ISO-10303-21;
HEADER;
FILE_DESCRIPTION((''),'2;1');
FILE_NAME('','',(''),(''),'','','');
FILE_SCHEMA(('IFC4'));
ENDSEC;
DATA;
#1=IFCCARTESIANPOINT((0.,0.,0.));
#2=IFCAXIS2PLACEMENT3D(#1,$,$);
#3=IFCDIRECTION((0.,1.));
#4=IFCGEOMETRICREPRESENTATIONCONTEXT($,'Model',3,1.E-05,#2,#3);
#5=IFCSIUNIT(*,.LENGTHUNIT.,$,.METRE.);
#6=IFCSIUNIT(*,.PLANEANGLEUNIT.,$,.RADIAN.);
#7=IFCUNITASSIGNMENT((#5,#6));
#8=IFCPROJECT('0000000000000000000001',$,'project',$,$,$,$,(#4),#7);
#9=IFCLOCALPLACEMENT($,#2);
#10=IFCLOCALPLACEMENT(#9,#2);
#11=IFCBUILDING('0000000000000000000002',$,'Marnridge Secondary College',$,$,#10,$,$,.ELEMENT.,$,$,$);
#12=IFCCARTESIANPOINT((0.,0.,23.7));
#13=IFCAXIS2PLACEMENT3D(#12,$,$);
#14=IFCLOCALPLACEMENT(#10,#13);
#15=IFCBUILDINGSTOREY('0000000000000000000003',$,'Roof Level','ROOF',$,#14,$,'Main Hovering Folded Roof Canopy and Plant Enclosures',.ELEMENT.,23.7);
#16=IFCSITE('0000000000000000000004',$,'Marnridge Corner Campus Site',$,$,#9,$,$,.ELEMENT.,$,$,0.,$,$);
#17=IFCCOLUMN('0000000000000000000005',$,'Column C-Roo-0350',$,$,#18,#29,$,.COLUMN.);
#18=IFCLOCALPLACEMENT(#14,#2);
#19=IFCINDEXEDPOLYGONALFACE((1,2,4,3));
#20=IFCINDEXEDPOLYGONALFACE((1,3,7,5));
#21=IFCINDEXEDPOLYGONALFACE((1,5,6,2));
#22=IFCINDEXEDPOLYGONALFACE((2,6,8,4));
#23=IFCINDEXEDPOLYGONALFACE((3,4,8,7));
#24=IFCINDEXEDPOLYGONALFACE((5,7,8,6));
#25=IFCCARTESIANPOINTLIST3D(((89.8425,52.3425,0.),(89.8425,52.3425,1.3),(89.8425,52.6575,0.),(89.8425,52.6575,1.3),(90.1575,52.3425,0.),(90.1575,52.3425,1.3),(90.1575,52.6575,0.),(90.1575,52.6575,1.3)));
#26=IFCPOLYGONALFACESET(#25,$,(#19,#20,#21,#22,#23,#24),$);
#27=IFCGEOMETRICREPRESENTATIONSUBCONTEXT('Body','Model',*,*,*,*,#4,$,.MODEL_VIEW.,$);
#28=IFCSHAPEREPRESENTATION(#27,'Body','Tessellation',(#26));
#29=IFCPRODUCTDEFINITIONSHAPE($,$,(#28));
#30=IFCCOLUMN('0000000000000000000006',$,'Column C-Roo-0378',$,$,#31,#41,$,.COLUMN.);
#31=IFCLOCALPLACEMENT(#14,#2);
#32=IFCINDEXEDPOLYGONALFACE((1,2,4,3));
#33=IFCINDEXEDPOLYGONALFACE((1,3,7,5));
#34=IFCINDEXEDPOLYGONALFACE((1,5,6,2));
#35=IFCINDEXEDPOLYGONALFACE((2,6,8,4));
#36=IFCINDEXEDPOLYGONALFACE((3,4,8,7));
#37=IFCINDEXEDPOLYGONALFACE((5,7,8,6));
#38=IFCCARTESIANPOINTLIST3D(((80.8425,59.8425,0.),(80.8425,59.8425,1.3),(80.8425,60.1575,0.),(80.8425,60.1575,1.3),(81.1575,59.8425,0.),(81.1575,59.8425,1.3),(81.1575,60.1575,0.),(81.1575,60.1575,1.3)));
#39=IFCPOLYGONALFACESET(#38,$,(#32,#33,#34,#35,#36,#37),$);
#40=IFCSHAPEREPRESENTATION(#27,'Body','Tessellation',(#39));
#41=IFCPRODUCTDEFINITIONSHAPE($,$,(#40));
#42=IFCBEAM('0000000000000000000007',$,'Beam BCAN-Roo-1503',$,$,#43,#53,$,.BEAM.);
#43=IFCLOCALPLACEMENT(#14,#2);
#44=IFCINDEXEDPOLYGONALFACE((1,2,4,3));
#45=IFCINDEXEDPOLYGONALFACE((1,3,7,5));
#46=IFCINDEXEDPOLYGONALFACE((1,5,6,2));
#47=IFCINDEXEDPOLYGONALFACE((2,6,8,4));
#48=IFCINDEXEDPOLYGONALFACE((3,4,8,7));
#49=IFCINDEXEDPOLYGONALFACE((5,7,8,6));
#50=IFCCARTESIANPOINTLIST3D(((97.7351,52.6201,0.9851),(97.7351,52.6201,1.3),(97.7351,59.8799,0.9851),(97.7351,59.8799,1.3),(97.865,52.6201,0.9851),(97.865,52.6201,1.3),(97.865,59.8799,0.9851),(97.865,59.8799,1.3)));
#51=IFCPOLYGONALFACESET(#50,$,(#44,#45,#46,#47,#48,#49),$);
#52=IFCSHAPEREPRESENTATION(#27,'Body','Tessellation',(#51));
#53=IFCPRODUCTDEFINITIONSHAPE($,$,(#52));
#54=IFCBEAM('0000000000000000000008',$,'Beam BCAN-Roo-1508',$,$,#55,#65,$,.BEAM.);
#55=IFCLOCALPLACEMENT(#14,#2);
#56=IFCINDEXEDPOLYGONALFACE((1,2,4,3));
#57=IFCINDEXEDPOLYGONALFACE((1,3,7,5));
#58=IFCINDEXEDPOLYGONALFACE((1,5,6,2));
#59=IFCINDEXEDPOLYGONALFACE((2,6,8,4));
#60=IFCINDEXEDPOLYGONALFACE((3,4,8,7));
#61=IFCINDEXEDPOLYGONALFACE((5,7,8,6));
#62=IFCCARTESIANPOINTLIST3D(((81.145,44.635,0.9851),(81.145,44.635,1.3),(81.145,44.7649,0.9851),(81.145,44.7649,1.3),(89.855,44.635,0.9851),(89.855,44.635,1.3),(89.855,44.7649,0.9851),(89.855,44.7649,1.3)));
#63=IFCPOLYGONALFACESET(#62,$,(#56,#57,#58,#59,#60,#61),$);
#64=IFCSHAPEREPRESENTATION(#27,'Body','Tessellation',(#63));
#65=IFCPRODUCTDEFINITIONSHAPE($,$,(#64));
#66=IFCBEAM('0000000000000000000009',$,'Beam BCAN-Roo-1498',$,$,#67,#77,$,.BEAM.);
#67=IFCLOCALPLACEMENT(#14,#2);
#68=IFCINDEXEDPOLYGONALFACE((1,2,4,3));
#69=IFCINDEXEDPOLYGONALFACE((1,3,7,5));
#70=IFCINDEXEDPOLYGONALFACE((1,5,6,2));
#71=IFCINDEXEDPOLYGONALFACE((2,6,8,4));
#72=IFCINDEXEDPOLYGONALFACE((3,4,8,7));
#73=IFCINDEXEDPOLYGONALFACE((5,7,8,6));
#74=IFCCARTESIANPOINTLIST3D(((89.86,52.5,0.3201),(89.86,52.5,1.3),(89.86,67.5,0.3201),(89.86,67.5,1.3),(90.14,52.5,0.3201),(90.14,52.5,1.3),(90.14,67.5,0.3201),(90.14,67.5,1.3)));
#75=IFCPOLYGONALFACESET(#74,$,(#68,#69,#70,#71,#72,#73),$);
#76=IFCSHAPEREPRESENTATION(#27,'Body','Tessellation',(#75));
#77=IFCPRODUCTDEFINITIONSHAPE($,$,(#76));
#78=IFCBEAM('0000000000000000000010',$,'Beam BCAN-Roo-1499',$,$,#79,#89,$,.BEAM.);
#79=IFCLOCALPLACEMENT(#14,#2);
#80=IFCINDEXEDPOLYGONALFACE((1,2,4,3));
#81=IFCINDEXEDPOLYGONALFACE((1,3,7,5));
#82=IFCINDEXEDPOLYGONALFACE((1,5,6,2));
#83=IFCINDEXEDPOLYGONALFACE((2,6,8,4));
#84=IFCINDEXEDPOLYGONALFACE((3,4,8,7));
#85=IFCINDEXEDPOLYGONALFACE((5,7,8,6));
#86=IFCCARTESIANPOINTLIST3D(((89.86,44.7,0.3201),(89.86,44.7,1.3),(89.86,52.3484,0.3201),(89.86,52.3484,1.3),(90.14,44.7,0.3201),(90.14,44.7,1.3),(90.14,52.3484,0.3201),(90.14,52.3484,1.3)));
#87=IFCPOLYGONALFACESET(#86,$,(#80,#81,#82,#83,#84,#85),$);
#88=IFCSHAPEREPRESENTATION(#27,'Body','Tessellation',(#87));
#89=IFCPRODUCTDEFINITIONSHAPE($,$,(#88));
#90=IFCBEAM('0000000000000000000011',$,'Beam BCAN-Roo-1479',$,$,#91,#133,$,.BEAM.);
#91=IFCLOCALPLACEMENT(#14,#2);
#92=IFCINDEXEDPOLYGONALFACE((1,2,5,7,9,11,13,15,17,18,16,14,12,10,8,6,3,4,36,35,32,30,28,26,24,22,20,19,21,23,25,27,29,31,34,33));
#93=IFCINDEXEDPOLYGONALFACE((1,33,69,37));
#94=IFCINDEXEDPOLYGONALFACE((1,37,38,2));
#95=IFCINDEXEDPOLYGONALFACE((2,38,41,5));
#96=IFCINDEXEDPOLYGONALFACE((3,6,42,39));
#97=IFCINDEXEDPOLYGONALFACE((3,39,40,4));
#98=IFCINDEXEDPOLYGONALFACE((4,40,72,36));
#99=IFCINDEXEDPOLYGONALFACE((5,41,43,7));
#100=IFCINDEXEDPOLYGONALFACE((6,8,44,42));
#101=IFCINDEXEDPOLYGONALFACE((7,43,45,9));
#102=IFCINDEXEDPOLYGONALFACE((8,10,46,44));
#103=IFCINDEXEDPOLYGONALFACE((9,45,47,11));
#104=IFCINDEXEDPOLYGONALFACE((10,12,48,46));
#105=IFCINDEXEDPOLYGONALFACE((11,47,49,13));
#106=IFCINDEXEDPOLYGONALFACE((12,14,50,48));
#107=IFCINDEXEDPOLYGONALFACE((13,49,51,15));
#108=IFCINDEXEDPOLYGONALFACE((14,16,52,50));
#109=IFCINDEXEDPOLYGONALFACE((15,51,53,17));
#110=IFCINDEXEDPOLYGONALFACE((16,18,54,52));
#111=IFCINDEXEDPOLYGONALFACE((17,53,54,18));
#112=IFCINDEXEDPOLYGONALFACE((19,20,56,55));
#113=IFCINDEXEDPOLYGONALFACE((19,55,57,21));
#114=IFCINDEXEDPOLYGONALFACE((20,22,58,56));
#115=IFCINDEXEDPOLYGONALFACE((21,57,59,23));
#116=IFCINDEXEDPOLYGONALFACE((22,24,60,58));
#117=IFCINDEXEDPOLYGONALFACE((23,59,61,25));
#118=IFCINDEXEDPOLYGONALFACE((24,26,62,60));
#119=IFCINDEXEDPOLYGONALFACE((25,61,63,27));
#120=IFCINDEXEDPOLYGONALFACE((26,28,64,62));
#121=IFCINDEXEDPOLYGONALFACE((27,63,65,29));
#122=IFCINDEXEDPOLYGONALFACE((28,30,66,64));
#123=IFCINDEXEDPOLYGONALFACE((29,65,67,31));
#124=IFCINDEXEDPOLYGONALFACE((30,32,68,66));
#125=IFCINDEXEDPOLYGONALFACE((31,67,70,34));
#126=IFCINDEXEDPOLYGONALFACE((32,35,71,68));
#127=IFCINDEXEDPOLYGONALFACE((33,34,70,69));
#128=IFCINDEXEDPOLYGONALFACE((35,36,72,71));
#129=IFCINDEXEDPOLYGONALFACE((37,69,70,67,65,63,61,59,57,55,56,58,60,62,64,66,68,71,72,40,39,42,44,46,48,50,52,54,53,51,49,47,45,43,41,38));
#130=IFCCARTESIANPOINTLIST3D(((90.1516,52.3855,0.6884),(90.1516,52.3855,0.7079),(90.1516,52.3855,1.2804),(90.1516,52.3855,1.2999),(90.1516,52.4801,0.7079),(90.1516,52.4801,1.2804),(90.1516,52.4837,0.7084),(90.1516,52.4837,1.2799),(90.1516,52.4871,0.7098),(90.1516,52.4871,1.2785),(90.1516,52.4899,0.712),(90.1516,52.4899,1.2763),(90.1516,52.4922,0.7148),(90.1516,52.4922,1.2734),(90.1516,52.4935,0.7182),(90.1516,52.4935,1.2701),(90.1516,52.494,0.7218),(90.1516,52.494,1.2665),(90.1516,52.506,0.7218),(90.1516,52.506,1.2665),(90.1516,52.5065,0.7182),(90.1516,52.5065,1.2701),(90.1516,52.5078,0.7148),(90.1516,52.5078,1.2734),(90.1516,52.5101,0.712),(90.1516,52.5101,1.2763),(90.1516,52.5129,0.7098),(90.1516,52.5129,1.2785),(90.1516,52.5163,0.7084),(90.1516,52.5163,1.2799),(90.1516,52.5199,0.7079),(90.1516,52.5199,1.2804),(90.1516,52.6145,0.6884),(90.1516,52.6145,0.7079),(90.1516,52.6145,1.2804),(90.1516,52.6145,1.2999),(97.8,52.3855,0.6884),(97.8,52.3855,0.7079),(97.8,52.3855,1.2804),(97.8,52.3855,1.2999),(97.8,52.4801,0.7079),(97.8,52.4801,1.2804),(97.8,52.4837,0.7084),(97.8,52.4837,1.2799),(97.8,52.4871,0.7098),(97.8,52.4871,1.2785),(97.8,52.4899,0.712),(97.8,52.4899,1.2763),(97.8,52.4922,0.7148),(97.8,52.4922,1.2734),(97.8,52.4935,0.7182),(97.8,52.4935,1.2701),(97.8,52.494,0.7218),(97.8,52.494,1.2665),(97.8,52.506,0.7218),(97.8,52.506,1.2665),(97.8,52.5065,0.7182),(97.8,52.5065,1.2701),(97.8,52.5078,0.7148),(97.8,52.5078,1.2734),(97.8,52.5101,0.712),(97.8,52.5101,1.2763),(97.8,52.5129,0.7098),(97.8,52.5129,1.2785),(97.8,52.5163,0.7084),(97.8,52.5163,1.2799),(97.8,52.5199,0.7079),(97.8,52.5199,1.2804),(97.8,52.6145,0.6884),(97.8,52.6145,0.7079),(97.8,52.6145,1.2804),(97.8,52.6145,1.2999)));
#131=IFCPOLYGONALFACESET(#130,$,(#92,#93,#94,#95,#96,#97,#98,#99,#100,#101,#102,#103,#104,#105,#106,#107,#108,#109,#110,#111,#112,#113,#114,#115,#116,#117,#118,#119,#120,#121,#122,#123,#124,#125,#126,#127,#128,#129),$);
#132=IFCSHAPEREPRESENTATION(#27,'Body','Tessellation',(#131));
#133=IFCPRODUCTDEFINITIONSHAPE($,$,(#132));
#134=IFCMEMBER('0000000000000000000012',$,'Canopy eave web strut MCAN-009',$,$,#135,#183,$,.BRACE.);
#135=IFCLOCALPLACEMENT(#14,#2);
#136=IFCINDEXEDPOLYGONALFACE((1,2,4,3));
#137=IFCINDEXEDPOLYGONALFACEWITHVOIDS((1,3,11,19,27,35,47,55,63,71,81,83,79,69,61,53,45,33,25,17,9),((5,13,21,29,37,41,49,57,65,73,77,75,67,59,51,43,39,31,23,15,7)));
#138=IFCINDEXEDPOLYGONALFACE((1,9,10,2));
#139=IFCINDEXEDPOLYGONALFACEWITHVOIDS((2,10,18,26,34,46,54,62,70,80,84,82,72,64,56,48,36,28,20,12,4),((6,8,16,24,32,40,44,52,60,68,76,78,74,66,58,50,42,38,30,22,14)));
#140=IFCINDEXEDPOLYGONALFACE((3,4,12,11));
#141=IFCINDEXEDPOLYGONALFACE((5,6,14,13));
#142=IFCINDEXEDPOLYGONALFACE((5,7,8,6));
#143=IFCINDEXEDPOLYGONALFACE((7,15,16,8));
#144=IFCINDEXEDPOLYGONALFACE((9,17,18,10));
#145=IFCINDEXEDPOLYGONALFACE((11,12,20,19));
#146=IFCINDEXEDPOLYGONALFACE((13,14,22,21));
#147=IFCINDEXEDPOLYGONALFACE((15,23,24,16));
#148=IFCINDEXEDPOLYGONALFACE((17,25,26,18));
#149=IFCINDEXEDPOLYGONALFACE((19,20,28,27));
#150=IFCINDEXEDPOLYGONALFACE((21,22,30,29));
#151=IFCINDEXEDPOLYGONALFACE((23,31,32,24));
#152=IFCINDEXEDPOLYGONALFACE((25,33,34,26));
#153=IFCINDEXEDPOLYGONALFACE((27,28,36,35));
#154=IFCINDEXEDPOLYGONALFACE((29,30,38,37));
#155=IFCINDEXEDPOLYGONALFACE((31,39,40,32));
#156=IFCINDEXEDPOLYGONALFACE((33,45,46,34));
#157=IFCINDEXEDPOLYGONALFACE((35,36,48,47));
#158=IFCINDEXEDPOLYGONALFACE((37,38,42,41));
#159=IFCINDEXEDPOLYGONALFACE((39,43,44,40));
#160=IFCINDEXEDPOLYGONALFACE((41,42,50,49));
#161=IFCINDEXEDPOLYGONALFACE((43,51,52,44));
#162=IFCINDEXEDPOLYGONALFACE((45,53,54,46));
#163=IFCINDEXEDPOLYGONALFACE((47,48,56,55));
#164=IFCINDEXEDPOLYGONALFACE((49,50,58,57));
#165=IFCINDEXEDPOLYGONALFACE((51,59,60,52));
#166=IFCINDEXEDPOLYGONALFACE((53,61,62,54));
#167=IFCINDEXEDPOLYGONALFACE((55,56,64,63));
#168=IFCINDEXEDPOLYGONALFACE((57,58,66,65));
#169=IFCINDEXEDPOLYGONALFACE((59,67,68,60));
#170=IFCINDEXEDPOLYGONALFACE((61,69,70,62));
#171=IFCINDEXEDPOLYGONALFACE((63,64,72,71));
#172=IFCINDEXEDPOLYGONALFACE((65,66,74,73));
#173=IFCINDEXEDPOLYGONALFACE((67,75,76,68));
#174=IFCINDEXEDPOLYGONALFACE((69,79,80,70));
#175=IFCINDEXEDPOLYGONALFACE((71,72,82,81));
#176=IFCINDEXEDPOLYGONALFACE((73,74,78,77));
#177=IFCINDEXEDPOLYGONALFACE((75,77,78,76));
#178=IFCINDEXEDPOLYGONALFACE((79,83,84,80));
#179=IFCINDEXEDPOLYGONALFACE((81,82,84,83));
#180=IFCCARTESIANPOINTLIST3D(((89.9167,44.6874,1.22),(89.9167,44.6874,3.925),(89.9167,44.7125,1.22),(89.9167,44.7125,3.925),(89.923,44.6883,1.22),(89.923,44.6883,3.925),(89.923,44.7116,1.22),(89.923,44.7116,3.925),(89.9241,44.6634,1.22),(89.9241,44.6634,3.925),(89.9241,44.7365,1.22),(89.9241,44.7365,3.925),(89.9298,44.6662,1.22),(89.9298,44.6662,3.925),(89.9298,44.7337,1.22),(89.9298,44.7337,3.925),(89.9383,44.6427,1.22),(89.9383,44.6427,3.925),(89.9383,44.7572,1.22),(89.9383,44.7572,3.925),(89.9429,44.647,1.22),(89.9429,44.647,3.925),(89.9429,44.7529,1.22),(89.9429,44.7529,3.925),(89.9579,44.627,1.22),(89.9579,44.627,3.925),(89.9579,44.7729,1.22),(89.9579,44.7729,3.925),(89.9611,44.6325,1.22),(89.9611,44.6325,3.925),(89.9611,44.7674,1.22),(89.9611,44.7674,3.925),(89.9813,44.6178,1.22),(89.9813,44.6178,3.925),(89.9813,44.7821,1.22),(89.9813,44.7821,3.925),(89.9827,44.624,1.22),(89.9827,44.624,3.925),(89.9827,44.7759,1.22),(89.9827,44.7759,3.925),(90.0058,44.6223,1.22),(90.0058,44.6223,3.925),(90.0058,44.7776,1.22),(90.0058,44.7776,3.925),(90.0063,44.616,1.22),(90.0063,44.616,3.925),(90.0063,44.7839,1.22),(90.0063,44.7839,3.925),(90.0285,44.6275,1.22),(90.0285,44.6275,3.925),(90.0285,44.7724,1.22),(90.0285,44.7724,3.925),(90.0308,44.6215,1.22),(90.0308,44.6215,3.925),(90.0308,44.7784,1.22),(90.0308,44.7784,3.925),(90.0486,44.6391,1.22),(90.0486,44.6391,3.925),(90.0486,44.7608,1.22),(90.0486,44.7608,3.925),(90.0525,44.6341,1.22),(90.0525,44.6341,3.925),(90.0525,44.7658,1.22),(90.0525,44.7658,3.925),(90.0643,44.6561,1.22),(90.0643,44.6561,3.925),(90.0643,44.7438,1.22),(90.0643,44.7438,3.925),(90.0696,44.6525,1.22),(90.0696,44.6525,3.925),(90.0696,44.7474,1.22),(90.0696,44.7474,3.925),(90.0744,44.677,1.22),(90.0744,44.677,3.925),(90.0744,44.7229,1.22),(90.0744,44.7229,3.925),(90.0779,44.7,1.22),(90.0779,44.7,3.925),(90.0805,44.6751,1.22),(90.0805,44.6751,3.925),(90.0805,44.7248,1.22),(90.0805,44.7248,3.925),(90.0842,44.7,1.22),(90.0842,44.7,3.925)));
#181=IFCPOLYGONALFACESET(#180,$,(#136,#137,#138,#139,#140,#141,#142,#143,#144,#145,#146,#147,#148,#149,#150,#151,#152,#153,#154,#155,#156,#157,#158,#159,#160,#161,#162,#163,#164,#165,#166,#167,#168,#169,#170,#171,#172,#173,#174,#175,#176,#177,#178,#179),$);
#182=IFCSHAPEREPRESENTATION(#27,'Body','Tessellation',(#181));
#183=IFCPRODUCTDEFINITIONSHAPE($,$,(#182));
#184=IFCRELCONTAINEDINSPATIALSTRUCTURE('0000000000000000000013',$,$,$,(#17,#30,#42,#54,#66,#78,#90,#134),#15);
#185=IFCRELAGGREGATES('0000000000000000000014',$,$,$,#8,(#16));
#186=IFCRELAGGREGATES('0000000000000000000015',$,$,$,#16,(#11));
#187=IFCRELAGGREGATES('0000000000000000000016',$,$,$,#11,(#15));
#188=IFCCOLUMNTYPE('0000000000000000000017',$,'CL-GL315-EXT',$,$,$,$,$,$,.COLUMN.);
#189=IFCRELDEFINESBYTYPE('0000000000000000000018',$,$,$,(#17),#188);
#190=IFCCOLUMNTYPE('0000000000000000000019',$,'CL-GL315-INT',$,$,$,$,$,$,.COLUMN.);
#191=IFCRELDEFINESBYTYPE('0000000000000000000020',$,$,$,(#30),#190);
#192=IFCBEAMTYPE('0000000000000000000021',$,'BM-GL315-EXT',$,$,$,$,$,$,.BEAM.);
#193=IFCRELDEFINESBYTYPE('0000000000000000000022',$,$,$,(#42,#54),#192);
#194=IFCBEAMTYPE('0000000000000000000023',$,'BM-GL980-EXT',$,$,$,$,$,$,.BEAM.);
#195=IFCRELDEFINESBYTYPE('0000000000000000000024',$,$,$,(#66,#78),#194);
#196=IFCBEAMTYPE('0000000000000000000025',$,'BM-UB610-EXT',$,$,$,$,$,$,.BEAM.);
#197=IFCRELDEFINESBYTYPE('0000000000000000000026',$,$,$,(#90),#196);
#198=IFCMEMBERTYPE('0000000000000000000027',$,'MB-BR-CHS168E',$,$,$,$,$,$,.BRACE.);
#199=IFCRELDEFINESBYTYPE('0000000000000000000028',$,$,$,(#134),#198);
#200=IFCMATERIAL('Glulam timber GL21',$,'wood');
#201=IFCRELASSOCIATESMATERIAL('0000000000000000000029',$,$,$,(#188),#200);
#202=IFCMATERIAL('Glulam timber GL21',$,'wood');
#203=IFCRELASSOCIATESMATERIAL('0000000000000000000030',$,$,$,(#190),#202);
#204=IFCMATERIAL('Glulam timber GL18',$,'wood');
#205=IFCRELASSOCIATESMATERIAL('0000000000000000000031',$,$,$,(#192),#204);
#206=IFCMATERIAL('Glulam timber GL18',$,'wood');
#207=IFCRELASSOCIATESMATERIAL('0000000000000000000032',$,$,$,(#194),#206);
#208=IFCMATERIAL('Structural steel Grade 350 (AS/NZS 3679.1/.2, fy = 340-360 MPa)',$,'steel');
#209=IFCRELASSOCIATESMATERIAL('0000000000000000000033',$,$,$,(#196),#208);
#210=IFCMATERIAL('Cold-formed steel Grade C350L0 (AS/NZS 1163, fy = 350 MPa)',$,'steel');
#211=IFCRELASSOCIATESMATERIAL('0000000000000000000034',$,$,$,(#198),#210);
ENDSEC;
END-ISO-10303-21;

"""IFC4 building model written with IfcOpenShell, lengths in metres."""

from ifc_helpers import new_model, si_unit, direction, frame, origin, origin_2d, place, context, subcontext, project, spatial, rectangle, hollow_circle, i_section, extrude, material, material_profile, profile_set, type_object, element, save


model = new_model("IFC4")

# Units and contexts
model_context = context("Model", 3, precision=1e-05, world=origin(), true_north=direction((0.0, 1.0)))
body_context = subcontext(model_context, "Body", "Model", "MODEL_VIEW")
ifc_project = project(units=[si_unit("LENGTHUNIT", "METRE"), si_unit("PLANEANGLEUNIT", "RADIAN")], contexts=[model_context])

# Site, building, storey
site_placement = place(None, origin())
site = spatial("IfcSite", under=ifc_project, at=site_placement, Name="Marnridge Corner Campus Site", CompositionType="ELEMENT", RefElevation=0.0)
building_placement = place(site_placement, origin())
building = spatial("IfcBuilding", under=site, at=building_placement, Name="Marnridge Secondary College", CompositionType="ELEMENT")
storey_placement = place(building_placement, frame((0.0, 0.0, 23.7)))
storey = spatial("IfcBuildingStorey", under=building, at=storey_placement, Name="Roof Level", Description="ROOF", LongName="Main Hovering Folded Roof Canopy and Plant Enclosures", CompositionType="ELEMENT", Elevation=23.7)

# Columns
ifc_material_1 = material(Name="Glulam timber GL21", Category="wood")
ifc_material_profile_1 = material_profile(ifc_material_1, rectangle(XDim=0.3149, YDim=0.3149, at=origin_2d()), Name="GL21 315x315")
ifc_profile_set_1 = profile_set([ifc_material_profile_1], Name="Glulam timber GL21")
column_type_1 = type_object("IfcColumnType", Name="CL-GL315-EXT", PredefinedType="COLUMN", material=ifc_profile_set_1)
column_1_placement = place(storey_placement, frame((90.0, 52.5, 0.0), z_axis=(0.0, 0.0, 1.0), x_axis=(1.0, 0.0, 0.0)))
element("IfcColumn", 1, at=column_1_placement, inside=storey, type_object=column_type_1, Name="Column C-Roo-0350", PredefinedType="COLUMN", context=body_context, shape_type="SweptSolid", body=[
    extrude(rectangle(XDim=0.3149, YDim=0.3149, at=origin_2d()), origin(), (0.0, 0.0, 1.0), 1.3),
])
ifc_material_2 = material(Name="Glulam timber GL21", Category="wood")
ifc_material_profile_2 = material_profile(ifc_material_2, rectangle(XDim=0.3149, YDim=0.3149, at=origin_2d()), Name="GL21 315x315")
ifc_profile_set_2 = profile_set([ifc_material_profile_2], Name="Glulam timber GL21")
column_type_2 = type_object("IfcColumnType", Name="CL-GL315-INT", PredefinedType="COLUMN", material=ifc_profile_set_2)
column_2_placement = place(storey_placement, frame((81.0, 60.0, 0.0), z_axis=(0.0, 0.0, 1.0), x_axis=(1.0, 0.0, 0.0)))
element("IfcColumn", 2, at=column_2_placement, inside=storey, type_object=column_type_2, Name="Column C-Roo-0378", PredefinedType="COLUMN", context=body_context, shape_type="SweptSolid", body=[
    extrude(rectangle(XDim=0.3149, YDim=0.3149, at=origin_2d()), origin(), (0.0, 0.0, 1.0), 1.3),
])

# Beams
ifc_material_3 = material(Name="Glulam timber GL18", Category="wood")
ifc_material_profile_3 = material_profile(ifc_material_3, rectangle(XDim=0.1299, YDim=0.3149, at=origin_2d()), Name="GL18 130x315")
ifc_profile_set_3 = profile_set([ifc_material_profile_3], Name="Glulam timber GL18")
beam_type_1 = type_object("IfcBeamType", Name="BM-GL315-EXT", PredefinedType="BEAM", material=ifc_profile_set_3)
beam_1_placement = place(storey_placement, frame((97.8, 52.6201, 1.1426), z_axis=(0.0, 1.0, 0.0), x_axis=(-1.0, 0.0, 0.0)))
element("IfcBeam", 3, at=beam_1_placement, inside=storey, type_object=beam_type_1, Name="Beam BCAN-Roo-1503", PredefinedType="BEAM", context=body_context, shape_type="SweptSolid", body=[
    extrude(rectangle(XDim=0.1299, YDim=0.3149, at=origin_2d()), origin(), (0.0, 0.0, 1.0), 7.2598),
])
beam_2_placement = place(storey_placement, frame((81.145, 44.7, 1.1426), z_axis=(1.0, 0.0, 0.0), x_axis=(0.0, 1.0, 0.0)))
element("IfcBeam", 4, at=beam_2_placement, inside=storey, type_object=beam_type_1, Name="Beam BCAN-Roo-1508", PredefinedType="BEAM", context=body_context, shape_type="SweptSolid", body=[
    extrude(rectangle(XDim=0.1299, YDim=0.3149, at=origin_2d()), origin(), (0.0, 0.0, 1.0), 8.71),
])
ifc_material_4 = material(Name="Glulam timber GL18", Category="wood")
ifc_material_profile_4 = material_profile(ifc_material_4, rectangle(XDim=0.28, YDim=0.98, at=origin_2d()), Name="GL18 280x980")
ifc_profile_set_4 = profile_set([ifc_material_profile_4], Name="Glulam timber GL18")
beam_type_2 = type_object("IfcBeamType", Name="BM-GL980-EXT", PredefinedType="BEAM", material=ifc_profile_set_4)
beam_3_placement = place(storey_placement, frame((90.0, 52.5, 0.8101), z_axis=(0.0, 1.0, 0.0), x_axis=(-1.0, 0.0, 0.0)))
element("IfcBeam", 5, at=beam_3_placement, inside=storey, type_object=beam_type_2, Name="Beam BCAN-Roo-1498", PredefinedType="BEAM", context=body_context, shape_type="SweptSolid", body=[
    extrude(rectangle(XDim=0.28, YDim=0.98, at=origin_2d()), origin(), (0.0, 0.0, 1.0), 15.0),
])
beam_4_placement = place(storey_placement, frame((90.0, 52.3484, 0.8101), z_axis=(0.0, -1.0, 0.0), x_axis=(1.0, 0.0, 0.0)))
element("IfcBeam", 6, at=beam_4_placement, inside=storey, type_object=beam_type_2, Name="Beam BCAN-Roo-1499", PredefinedType="BEAM", context=body_context, shape_type="SweptSolid", body=[
    extrude(rectangle(XDim=0.28, YDim=0.98, at=origin_2d()), origin(), (0.0, 0.0, 1.0), 7.6484),
])
ifc_material_5 = material(Name="Structural steel Grade 350 (AS/NZS 3679.1/.2, fy = 340-360 MPa)", Category="steel")
ifc_material_profile_5 = material_profile(ifc_material_5, i_section(OverallWidth=0.229, OverallDepth=0.6116, WebThickness=0.012, FlangeThickness=0.0195, FilletRadius=0.0139, at=origin_2d()), Name="610UB125")
ifc_profile_set_5 = profile_set([ifc_material_profile_5], Name="Structural steel Grade 350 (AS/NZS 3679.1/.2, fy = 340-360 MPa)")
beam_type_3 = type_object("IfcBeamType", Name="BM-UB610-EXT", PredefinedType="BEAM", material=ifc_profile_set_5)
beam_5_placement = place(storey_placement, frame((90.1516, 52.5, 0.9941), z_axis=(1.0, 0.0, 0.0), x_axis=(0.0, 1.0, 0.0)))
element("IfcBeam", 7, at=beam_5_placement, inside=storey, type_object=beam_type_3, Name="Beam BCAN-Roo-1479", PredefinedType="BEAM", context=body_context, shape_type="SweptSolid", body=[
    extrude(i_section(OverallWidth=0.229, OverallDepth=0.6116, WebThickness=0.012, FlangeThickness=0.0195, FilletRadius=0.0139, at=origin_2d()), origin(), (0.0, 0.0, 1.0), 7.6484),
])

# Member
ifc_material_6 = material(Name="Cold-formed steel Grade C350L0 (AS/NZS 1163, fy = 350 MPa)", Category="steel")
ifc_material_profile_6 = material_profile(ifc_material_6, hollow_circle(Radius=0.0842, WallThickness=0.0063, at=origin_2d()), Name="168.3x6.4CHS")
ifc_profile_set_6 = profile_set([ifc_material_profile_6], Name="Cold-formed steel Grade C350L0 (AS/NZS 1163, fy = 350 MPa)")
member_type_1 = type_object("IfcMemberType", Name="MB-BR-CHS168E", PredefinedType="BRACE", material=ifc_profile_set_6)
for number, where, z_axis, x_axis, name in (
    (8, (90.0, 44.7, 1.22), (0.0, 0.0, 1.0), (1.0, 0.0, 0.0), "Canopy eave web strut MCAN-009"),
):
    element("IfcMember", number, at=place(storey_placement, frame(where, z_axis=z_axis, x_axis=x_axis)), inside=storey, type_object=member_type_1, Name=name, PredefinedType="BRACE", context=body_context, shape_type="SweptSolid", body=[
        extrude(hollow_circle(Radius=0.0842, WallThickness=0.0063, at=origin_2d()), origin(), (0.0, 0.0, 1.0), 2.7051),
    ])

save(model, "model.ifc")
